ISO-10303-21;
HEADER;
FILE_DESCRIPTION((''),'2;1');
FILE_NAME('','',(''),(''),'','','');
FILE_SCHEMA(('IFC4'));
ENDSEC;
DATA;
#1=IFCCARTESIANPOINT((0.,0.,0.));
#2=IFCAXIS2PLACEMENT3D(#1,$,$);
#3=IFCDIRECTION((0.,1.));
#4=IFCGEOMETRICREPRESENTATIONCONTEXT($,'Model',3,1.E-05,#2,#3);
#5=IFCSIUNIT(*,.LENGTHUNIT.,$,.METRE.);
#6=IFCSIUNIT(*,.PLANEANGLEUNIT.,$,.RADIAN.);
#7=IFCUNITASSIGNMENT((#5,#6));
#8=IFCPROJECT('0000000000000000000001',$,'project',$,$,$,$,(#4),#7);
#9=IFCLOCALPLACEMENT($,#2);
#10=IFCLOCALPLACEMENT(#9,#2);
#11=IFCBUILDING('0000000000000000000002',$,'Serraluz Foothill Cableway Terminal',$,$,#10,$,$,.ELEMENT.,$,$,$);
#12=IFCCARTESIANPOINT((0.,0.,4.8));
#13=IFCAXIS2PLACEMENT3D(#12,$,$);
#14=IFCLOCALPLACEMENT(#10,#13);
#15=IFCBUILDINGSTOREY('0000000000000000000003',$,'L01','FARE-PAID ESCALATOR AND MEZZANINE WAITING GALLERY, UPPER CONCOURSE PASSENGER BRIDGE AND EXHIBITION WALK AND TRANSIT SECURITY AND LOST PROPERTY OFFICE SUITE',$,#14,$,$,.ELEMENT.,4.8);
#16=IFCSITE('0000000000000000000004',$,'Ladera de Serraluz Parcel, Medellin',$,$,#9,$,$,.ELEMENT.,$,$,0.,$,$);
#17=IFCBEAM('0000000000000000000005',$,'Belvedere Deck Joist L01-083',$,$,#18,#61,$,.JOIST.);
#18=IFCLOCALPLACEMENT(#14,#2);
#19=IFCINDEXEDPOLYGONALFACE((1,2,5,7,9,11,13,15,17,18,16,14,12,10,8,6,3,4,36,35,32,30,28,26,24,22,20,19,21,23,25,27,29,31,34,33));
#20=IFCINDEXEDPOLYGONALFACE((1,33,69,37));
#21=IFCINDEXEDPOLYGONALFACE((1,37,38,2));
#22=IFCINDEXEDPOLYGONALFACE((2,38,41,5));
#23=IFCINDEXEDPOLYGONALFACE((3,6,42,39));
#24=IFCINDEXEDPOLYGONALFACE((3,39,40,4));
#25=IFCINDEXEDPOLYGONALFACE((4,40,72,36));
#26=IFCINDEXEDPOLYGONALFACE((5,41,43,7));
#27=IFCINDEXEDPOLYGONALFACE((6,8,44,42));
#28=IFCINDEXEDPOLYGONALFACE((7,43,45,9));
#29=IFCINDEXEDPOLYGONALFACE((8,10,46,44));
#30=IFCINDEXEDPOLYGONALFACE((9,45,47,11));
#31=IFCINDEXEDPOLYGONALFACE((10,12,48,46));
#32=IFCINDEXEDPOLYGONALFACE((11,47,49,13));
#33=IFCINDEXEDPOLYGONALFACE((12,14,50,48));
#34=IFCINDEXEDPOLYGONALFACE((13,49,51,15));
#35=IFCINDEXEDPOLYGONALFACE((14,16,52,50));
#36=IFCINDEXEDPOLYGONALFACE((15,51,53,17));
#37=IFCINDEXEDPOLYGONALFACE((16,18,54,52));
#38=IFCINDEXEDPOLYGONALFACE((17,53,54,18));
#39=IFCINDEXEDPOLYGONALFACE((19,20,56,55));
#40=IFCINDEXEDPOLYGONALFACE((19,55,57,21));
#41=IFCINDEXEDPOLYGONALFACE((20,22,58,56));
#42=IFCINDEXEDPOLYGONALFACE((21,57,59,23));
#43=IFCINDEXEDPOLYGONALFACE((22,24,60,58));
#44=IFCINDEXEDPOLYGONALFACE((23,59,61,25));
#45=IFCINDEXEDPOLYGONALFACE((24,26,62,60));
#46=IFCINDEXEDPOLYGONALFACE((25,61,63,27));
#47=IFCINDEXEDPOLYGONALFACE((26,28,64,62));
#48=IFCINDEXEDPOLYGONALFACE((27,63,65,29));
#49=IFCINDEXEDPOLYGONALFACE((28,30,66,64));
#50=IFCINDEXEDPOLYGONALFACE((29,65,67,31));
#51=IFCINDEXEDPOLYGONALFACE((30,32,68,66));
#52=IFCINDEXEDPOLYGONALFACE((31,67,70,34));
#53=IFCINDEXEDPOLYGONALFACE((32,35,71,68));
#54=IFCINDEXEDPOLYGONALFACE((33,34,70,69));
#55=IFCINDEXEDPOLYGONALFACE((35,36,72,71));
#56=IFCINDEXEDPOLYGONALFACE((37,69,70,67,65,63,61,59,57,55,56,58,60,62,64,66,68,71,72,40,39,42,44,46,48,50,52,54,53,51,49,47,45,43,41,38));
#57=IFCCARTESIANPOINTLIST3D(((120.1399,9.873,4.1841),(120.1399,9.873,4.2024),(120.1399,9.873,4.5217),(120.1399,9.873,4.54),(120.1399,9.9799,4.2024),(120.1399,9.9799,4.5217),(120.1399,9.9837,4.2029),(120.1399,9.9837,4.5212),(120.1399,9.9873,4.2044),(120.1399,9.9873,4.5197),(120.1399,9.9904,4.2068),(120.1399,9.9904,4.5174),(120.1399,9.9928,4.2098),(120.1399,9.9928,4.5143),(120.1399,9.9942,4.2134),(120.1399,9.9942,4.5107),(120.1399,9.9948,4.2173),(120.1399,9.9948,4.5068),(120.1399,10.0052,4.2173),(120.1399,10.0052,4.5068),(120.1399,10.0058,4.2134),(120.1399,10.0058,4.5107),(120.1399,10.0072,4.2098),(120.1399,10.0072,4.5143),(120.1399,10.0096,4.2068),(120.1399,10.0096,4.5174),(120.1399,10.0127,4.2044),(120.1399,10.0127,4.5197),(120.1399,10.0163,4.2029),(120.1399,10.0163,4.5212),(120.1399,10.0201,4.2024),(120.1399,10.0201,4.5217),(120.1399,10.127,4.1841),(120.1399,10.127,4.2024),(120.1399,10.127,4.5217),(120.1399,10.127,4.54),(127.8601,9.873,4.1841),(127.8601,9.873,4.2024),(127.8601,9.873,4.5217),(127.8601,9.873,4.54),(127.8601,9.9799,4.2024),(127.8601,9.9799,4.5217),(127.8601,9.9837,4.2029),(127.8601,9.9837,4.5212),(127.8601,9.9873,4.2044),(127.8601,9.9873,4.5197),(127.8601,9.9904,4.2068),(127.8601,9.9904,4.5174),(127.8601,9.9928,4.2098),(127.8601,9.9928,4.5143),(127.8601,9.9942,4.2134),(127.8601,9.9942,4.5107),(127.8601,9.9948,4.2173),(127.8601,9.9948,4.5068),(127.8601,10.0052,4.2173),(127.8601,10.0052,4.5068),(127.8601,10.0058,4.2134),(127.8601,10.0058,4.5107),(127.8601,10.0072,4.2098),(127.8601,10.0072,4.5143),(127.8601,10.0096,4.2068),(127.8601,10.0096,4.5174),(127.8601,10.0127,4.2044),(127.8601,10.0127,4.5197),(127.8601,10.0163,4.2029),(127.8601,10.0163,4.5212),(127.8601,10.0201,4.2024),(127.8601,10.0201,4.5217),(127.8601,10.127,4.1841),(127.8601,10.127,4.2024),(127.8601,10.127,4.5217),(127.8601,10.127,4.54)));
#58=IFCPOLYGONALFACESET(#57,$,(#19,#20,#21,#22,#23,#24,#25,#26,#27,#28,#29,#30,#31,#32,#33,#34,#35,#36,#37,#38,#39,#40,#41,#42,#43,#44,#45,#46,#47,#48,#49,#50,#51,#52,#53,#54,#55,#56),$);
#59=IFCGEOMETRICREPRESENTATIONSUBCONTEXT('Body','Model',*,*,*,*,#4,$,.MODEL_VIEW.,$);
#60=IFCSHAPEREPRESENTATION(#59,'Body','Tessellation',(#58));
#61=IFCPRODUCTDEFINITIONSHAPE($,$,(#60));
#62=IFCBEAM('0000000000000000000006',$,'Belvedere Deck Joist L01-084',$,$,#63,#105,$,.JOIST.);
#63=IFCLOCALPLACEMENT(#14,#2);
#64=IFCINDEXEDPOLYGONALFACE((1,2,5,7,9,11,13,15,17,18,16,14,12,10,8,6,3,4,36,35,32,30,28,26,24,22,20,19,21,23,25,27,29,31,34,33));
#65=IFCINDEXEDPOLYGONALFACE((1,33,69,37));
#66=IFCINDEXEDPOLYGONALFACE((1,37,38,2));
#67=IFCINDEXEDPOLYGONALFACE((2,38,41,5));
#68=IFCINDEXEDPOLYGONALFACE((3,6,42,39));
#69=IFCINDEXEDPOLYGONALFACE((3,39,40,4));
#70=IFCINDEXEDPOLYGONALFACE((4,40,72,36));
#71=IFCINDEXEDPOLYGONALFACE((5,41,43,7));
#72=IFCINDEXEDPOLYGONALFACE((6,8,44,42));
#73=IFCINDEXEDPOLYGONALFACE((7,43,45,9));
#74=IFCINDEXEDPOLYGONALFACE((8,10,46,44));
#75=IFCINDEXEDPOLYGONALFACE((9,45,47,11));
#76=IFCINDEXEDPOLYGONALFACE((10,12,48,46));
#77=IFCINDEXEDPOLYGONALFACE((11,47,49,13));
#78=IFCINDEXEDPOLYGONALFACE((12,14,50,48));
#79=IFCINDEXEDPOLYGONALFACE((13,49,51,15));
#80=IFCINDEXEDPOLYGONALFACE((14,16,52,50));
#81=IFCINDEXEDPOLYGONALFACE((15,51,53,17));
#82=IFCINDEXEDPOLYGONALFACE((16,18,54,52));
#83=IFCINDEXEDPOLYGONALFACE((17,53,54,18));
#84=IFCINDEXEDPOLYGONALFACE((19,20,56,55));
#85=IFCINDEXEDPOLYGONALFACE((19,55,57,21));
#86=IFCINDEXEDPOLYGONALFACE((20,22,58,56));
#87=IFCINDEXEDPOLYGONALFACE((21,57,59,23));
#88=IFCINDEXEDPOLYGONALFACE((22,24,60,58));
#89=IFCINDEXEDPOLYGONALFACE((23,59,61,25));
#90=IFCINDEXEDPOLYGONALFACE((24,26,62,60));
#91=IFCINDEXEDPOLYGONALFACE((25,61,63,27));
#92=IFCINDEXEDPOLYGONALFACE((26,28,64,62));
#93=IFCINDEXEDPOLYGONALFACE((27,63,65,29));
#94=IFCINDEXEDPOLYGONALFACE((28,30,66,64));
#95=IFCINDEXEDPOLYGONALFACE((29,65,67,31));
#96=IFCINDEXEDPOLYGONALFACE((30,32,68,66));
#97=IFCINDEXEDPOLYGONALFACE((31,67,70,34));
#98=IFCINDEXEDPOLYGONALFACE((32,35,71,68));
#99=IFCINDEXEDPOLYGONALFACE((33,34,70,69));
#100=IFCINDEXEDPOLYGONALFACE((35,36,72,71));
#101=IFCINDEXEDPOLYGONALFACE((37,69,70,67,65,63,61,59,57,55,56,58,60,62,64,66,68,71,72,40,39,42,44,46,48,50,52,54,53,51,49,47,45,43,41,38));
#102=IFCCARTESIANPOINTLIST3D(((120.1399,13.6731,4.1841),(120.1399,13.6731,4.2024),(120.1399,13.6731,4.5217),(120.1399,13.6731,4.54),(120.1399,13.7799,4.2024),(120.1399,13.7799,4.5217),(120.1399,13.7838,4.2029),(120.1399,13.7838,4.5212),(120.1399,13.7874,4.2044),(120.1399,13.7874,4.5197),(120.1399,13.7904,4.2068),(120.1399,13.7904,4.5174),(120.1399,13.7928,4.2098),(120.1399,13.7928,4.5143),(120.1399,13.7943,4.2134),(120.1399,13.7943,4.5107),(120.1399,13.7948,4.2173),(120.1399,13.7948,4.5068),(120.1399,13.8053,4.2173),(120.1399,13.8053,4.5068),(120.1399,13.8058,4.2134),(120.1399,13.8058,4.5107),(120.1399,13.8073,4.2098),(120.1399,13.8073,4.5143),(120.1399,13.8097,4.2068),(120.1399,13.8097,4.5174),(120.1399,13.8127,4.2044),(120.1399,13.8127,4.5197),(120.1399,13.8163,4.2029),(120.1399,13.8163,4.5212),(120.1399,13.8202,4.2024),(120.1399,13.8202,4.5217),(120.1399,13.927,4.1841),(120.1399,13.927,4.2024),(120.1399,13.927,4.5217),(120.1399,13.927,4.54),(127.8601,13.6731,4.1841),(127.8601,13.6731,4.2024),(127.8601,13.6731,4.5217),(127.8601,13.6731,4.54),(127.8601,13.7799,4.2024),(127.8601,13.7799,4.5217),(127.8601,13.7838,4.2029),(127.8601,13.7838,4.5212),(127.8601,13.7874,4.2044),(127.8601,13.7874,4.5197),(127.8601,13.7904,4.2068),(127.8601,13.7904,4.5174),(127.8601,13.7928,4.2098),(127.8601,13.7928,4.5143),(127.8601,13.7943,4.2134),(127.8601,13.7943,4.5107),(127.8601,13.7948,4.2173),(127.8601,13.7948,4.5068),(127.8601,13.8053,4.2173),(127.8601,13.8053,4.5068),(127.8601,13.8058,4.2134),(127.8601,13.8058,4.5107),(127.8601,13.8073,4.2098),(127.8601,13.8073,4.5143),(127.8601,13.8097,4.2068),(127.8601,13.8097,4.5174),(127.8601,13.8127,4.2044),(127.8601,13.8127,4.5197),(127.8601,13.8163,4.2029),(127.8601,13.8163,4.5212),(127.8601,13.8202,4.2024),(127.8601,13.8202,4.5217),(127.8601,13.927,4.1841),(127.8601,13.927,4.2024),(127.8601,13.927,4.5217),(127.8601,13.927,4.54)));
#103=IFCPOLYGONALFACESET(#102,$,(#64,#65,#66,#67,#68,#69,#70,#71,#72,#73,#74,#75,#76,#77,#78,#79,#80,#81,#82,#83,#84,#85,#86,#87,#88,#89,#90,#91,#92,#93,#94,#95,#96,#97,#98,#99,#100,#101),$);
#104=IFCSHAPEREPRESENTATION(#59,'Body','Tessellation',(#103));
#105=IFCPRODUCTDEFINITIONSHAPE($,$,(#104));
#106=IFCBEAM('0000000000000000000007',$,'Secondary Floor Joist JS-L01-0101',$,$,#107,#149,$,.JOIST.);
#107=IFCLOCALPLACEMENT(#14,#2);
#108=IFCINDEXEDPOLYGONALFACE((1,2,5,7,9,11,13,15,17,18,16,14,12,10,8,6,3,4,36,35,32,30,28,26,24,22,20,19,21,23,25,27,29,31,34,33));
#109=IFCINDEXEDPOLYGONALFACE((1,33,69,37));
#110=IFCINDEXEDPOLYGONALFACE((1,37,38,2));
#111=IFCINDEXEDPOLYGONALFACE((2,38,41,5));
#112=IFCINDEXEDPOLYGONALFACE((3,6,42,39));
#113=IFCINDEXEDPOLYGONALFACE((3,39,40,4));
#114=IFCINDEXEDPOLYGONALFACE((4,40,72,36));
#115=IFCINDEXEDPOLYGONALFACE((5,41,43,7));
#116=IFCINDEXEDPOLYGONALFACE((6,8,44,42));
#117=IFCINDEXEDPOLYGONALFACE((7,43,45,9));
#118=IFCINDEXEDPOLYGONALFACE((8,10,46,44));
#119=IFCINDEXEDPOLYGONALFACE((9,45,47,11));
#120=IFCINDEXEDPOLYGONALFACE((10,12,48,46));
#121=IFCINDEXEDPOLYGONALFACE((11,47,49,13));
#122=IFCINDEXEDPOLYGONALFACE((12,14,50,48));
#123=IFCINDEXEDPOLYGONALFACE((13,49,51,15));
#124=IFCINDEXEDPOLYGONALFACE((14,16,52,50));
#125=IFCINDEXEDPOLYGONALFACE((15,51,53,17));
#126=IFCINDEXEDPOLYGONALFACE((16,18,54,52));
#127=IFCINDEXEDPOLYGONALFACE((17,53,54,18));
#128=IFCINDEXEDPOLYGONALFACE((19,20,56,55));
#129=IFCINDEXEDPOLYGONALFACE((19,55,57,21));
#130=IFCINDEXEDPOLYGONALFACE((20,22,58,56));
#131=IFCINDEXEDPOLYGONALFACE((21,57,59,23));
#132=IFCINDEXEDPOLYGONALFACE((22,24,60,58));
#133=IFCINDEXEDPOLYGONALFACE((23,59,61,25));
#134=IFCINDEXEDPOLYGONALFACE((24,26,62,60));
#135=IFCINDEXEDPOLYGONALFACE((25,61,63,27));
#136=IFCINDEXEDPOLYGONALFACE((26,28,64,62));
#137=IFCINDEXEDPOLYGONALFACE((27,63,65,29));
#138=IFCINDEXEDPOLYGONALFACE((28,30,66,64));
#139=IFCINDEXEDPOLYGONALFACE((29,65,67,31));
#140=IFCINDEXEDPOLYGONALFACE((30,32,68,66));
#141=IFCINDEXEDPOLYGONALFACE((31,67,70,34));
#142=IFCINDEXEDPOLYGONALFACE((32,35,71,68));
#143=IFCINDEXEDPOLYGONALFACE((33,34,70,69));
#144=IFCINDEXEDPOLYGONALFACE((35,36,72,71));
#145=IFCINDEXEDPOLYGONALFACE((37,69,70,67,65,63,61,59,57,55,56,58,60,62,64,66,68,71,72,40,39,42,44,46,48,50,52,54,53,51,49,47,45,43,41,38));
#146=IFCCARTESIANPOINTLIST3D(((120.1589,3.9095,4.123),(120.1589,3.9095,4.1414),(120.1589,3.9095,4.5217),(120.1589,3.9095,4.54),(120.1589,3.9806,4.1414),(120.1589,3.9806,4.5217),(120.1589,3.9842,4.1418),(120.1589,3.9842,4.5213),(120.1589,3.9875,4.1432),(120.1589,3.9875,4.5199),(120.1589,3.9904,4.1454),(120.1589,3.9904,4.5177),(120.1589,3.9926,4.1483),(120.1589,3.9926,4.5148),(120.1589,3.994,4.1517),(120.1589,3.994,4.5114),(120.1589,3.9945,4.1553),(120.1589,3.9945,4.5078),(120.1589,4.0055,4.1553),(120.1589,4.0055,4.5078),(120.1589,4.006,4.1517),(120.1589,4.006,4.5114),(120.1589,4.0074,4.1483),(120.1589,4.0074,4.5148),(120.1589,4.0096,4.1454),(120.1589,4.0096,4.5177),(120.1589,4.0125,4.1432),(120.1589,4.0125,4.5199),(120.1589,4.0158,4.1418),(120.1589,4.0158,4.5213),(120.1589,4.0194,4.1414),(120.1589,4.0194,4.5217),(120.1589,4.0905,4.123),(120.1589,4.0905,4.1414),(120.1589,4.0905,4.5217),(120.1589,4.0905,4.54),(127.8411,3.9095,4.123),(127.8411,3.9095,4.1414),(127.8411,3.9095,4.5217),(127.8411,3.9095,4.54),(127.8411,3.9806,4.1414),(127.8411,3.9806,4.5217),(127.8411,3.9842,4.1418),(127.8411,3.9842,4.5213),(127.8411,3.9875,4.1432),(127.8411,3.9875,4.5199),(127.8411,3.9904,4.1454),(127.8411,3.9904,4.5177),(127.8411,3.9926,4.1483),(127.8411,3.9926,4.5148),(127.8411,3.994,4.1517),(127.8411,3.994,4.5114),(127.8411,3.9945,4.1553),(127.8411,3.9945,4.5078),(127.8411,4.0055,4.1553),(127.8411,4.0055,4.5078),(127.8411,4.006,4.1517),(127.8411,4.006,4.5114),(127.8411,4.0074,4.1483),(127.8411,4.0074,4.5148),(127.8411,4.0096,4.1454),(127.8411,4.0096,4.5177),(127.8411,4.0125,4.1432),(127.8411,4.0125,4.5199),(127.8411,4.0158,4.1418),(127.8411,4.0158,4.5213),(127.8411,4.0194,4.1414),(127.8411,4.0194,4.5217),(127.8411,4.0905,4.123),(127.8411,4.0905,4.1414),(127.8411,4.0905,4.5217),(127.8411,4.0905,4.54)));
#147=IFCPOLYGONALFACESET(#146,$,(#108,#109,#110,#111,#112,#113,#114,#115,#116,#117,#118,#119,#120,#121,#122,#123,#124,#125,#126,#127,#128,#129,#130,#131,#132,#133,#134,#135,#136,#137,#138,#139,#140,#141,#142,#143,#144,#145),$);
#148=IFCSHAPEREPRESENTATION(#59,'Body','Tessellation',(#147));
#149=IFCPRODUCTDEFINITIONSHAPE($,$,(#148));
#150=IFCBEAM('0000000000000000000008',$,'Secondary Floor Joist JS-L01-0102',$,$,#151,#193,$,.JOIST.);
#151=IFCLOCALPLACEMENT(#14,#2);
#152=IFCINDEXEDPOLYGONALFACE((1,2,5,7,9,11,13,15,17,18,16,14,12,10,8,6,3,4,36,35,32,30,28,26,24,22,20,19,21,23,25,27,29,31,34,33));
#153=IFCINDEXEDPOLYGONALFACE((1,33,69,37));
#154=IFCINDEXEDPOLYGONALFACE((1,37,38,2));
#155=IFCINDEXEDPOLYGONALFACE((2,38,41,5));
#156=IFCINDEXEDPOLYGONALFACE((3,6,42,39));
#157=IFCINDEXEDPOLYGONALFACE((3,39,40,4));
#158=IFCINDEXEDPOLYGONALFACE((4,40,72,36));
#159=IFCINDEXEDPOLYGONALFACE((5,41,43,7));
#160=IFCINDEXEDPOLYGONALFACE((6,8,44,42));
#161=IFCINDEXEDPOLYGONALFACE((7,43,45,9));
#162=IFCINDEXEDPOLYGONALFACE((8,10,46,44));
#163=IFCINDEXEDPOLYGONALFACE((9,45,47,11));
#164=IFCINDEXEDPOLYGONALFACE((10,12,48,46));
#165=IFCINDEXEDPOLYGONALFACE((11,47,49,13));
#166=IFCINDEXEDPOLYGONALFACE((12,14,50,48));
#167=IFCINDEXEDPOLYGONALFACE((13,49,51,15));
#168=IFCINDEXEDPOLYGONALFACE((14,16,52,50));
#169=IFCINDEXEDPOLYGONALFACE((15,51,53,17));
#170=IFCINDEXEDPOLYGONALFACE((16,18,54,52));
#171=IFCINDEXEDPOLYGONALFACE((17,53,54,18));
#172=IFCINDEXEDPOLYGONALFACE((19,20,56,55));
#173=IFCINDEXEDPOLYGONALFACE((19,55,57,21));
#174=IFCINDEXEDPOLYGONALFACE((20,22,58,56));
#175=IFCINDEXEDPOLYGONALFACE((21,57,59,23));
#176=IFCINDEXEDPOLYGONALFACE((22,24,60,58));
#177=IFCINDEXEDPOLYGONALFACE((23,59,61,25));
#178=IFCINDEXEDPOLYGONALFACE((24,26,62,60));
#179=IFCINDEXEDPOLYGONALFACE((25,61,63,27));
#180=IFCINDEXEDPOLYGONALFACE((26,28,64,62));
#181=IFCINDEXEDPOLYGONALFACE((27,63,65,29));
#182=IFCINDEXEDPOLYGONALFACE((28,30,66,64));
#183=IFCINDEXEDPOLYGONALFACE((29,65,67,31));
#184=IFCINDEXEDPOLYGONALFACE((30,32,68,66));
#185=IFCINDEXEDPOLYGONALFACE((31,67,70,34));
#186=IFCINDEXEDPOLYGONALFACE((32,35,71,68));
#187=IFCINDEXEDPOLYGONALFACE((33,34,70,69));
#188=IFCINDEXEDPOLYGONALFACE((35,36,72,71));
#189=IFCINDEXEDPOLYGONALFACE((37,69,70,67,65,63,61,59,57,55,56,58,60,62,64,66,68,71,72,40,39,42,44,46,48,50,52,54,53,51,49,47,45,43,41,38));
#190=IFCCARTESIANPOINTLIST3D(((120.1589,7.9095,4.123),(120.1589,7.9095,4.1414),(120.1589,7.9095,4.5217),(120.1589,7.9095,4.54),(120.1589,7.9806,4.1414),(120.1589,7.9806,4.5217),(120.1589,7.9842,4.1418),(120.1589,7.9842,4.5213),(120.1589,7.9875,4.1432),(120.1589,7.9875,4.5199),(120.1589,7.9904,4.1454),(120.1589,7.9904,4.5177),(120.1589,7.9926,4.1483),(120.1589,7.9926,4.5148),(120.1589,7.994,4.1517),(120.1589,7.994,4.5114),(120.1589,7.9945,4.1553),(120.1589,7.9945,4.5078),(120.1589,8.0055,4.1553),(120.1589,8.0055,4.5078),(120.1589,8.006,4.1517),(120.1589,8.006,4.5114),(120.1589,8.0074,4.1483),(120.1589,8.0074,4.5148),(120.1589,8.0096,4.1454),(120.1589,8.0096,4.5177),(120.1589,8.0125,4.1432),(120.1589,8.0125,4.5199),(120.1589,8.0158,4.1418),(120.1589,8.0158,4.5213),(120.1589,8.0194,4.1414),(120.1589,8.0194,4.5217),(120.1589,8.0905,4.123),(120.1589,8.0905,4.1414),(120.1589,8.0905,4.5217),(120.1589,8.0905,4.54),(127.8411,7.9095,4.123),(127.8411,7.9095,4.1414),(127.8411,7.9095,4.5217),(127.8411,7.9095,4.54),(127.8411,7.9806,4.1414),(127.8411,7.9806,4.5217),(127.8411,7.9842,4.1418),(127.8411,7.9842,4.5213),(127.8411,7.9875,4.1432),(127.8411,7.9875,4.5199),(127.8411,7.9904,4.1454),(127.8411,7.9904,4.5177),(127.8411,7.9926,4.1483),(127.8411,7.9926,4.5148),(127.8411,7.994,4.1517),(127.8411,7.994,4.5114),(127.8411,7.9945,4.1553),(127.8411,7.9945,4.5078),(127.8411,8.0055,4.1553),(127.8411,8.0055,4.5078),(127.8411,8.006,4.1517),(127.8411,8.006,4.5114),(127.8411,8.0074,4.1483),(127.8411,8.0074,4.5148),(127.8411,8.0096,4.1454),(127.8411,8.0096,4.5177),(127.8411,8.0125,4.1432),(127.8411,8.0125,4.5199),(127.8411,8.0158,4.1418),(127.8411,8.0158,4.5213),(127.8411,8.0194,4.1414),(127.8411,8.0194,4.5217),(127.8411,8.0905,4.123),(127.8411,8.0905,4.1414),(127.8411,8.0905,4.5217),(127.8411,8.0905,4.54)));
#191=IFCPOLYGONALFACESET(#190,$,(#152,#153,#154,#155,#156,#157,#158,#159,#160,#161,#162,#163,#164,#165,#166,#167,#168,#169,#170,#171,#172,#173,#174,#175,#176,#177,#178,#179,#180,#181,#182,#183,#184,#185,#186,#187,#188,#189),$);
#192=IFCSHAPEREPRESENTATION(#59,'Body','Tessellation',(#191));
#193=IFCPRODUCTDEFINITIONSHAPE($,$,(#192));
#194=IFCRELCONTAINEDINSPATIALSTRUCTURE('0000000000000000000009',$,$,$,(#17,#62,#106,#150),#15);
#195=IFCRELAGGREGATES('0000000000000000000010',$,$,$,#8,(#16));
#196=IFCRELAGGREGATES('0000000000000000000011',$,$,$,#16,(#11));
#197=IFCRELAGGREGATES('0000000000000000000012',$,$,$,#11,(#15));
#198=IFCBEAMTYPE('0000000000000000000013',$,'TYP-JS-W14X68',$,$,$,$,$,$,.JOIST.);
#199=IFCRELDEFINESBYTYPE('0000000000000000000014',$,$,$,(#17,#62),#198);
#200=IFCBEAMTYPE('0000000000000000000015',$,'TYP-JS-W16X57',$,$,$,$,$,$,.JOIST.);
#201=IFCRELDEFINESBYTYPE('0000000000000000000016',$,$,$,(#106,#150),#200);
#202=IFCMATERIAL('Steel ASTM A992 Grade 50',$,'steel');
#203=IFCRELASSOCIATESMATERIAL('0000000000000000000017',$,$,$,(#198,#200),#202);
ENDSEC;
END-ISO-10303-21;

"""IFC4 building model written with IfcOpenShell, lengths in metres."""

from ifc_helpers import new_model, si_unit, direction, frame, origin, origin_2d, place, context, subcontext, project, spatial, i_section, extrude, material, material_profile, profile_set, type_object, element, save


model = new_model("IFC4")

# Units and contexts
model_context = context("Model", 3, precision=1e-05, world=origin(), true_north=direction((0.0, 1.0)))
body_context = subcontext(model_context, "Body", "Model", "MODEL_VIEW")
ifc_project = project(units=[si_unit("LENGTHUNIT", "METRE"), si_unit("PLANEANGLEUNIT", "RADIAN")], contexts=[model_context])

# Site, building, storey
site_placement = place(None, origin())
site = spatial("IfcSite", under=ifc_project, at=site_placement, Name="Ladera de Serraluz Parcel, Medellin", CompositionType="ELEMENT", RefElevation=0.0)
building_placement = place(site_placement, origin())
building = spatial("IfcBuilding", under=site, at=building_placement, Name="Serraluz Foothill Cableway Terminal", CompositionType="ELEMENT")
storey_placement = place(building_placement, frame((0.0, 0.0, 4.8)))
storey = spatial("IfcBuildingStorey", under=building, at=storey_placement, Name="L01", Description="FARE-PAID ESCALATOR AND MEZZANINE WAITING GALLERY, UPPER CONCOURSE PASSENGER BRIDGE AND EXHIBITION WALK AND TRANSIT SECURITY AND LOST PROPERTY OFFICE SUITE", CompositionType="ELEMENT", Elevation=4.8)

# Shared definitions
ifc_material_1 = material(Name="Steel ASTM A992 Grade 50", Category="steel")

# Beams
ifc_material_profile_1 = material_profile(ifc_material_1, i_section(OverallWidth=0.2539, OverallDepth=0.356, WebThickness=0.0105, FlangeThickness=0.0183, FilletRadius=0.0149, at=origin_2d()), Name="W14X68")
ifc_profile_set_1 = profile_set([ifc_material_profile_1], Name="Steel ASTM A992 Grade 50")
beam_type_1 = type_object("IfcBeamType", Name="TYP-JS-W14X68", PredefinedType="JOIST", material=ifc_profile_set_1)
for number, where, z_axis, x_axis, name in (
    (1, (120.1399, 10.0, 4.3621), (1.0, 0.0, 0.0), (0.0, 1.0, 0.0), "Belvedere Deck Joist L01-083"),
    (2, (120.1399, 13.8, 4.3621), (1.0, 0.0, 0.0), (0.0, 1.0, 0.0), "Belvedere Deck Joist L01-084"),
):
    element("IfcBeam", number, at=place(storey_placement, frame(where, z_axis=z_axis, x_axis=x_axis)), inside=storey, type_object=beam_type_1, Name=name, PredefinedType="JOIST", context=body_context, shape_type="SweptSolid", body=[
        extrude(i_section(OverallWidth=0.2539, OverallDepth=0.356, WebThickness=0.0105, FlangeThickness=0.0183, FilletRadius=0.0149, at=origin_2d()), origin(), (0.0, 0.0, 1.0), 7.7202),
    ])
ifc_material_profile_2 = material_profile(ifc_material_1, i_section(OverallWidth=0.1809, OverallDepth=0.417, WebThickness=0.011, FlangeThickness=0.0183, FilletRadius=0.0139, at=origin_2d()), Name="W16X57")
ifc_profile_set_2 = profile_set([ifc_material_profile_2], Name="Steel ASTM A992 Grade 50")
beam_type_2 = type_object("IfcBeamType", Name="TYP-JS-W16X57", PredefinedType="JOIST", material=ifc_profile_set_2)
for number, where, z_axis, x_axis, name in (
    (3, (120.1589, 4.0, 4.3315), (1.0, 0.0, 0.0), (0.0, 1.0, 0.0), "Secondary Floor Joist JS-L01-0101"),
    (4, (120.1589, 8.0, 4.3315), (1.0, 0.0, 0.0), (0.0, 1.0, 0.0), "Secondary Floor Joist JS-L01-0102"),
):
    element("IfcBeam", number, at=place(storey_placement, frame(where, z_axis=z_axis, x_axis=x_axis)), inside=storey, type_object=beam_type_2, Name=name, PredefinedType="JOIST", context=body_context, shape_type="SweptSolid", body=[
        extrude(i_section(OverallWidth=0.1809, OverallDepth=0.417, WebThickness=0.011, FlangeThickness=0.0183, FilletRadius=0.0139, at=origin_2d()), origin(), (0.0, 0.0, 1.0), 7.6821),
    ])

save(model, "model.ifc")
